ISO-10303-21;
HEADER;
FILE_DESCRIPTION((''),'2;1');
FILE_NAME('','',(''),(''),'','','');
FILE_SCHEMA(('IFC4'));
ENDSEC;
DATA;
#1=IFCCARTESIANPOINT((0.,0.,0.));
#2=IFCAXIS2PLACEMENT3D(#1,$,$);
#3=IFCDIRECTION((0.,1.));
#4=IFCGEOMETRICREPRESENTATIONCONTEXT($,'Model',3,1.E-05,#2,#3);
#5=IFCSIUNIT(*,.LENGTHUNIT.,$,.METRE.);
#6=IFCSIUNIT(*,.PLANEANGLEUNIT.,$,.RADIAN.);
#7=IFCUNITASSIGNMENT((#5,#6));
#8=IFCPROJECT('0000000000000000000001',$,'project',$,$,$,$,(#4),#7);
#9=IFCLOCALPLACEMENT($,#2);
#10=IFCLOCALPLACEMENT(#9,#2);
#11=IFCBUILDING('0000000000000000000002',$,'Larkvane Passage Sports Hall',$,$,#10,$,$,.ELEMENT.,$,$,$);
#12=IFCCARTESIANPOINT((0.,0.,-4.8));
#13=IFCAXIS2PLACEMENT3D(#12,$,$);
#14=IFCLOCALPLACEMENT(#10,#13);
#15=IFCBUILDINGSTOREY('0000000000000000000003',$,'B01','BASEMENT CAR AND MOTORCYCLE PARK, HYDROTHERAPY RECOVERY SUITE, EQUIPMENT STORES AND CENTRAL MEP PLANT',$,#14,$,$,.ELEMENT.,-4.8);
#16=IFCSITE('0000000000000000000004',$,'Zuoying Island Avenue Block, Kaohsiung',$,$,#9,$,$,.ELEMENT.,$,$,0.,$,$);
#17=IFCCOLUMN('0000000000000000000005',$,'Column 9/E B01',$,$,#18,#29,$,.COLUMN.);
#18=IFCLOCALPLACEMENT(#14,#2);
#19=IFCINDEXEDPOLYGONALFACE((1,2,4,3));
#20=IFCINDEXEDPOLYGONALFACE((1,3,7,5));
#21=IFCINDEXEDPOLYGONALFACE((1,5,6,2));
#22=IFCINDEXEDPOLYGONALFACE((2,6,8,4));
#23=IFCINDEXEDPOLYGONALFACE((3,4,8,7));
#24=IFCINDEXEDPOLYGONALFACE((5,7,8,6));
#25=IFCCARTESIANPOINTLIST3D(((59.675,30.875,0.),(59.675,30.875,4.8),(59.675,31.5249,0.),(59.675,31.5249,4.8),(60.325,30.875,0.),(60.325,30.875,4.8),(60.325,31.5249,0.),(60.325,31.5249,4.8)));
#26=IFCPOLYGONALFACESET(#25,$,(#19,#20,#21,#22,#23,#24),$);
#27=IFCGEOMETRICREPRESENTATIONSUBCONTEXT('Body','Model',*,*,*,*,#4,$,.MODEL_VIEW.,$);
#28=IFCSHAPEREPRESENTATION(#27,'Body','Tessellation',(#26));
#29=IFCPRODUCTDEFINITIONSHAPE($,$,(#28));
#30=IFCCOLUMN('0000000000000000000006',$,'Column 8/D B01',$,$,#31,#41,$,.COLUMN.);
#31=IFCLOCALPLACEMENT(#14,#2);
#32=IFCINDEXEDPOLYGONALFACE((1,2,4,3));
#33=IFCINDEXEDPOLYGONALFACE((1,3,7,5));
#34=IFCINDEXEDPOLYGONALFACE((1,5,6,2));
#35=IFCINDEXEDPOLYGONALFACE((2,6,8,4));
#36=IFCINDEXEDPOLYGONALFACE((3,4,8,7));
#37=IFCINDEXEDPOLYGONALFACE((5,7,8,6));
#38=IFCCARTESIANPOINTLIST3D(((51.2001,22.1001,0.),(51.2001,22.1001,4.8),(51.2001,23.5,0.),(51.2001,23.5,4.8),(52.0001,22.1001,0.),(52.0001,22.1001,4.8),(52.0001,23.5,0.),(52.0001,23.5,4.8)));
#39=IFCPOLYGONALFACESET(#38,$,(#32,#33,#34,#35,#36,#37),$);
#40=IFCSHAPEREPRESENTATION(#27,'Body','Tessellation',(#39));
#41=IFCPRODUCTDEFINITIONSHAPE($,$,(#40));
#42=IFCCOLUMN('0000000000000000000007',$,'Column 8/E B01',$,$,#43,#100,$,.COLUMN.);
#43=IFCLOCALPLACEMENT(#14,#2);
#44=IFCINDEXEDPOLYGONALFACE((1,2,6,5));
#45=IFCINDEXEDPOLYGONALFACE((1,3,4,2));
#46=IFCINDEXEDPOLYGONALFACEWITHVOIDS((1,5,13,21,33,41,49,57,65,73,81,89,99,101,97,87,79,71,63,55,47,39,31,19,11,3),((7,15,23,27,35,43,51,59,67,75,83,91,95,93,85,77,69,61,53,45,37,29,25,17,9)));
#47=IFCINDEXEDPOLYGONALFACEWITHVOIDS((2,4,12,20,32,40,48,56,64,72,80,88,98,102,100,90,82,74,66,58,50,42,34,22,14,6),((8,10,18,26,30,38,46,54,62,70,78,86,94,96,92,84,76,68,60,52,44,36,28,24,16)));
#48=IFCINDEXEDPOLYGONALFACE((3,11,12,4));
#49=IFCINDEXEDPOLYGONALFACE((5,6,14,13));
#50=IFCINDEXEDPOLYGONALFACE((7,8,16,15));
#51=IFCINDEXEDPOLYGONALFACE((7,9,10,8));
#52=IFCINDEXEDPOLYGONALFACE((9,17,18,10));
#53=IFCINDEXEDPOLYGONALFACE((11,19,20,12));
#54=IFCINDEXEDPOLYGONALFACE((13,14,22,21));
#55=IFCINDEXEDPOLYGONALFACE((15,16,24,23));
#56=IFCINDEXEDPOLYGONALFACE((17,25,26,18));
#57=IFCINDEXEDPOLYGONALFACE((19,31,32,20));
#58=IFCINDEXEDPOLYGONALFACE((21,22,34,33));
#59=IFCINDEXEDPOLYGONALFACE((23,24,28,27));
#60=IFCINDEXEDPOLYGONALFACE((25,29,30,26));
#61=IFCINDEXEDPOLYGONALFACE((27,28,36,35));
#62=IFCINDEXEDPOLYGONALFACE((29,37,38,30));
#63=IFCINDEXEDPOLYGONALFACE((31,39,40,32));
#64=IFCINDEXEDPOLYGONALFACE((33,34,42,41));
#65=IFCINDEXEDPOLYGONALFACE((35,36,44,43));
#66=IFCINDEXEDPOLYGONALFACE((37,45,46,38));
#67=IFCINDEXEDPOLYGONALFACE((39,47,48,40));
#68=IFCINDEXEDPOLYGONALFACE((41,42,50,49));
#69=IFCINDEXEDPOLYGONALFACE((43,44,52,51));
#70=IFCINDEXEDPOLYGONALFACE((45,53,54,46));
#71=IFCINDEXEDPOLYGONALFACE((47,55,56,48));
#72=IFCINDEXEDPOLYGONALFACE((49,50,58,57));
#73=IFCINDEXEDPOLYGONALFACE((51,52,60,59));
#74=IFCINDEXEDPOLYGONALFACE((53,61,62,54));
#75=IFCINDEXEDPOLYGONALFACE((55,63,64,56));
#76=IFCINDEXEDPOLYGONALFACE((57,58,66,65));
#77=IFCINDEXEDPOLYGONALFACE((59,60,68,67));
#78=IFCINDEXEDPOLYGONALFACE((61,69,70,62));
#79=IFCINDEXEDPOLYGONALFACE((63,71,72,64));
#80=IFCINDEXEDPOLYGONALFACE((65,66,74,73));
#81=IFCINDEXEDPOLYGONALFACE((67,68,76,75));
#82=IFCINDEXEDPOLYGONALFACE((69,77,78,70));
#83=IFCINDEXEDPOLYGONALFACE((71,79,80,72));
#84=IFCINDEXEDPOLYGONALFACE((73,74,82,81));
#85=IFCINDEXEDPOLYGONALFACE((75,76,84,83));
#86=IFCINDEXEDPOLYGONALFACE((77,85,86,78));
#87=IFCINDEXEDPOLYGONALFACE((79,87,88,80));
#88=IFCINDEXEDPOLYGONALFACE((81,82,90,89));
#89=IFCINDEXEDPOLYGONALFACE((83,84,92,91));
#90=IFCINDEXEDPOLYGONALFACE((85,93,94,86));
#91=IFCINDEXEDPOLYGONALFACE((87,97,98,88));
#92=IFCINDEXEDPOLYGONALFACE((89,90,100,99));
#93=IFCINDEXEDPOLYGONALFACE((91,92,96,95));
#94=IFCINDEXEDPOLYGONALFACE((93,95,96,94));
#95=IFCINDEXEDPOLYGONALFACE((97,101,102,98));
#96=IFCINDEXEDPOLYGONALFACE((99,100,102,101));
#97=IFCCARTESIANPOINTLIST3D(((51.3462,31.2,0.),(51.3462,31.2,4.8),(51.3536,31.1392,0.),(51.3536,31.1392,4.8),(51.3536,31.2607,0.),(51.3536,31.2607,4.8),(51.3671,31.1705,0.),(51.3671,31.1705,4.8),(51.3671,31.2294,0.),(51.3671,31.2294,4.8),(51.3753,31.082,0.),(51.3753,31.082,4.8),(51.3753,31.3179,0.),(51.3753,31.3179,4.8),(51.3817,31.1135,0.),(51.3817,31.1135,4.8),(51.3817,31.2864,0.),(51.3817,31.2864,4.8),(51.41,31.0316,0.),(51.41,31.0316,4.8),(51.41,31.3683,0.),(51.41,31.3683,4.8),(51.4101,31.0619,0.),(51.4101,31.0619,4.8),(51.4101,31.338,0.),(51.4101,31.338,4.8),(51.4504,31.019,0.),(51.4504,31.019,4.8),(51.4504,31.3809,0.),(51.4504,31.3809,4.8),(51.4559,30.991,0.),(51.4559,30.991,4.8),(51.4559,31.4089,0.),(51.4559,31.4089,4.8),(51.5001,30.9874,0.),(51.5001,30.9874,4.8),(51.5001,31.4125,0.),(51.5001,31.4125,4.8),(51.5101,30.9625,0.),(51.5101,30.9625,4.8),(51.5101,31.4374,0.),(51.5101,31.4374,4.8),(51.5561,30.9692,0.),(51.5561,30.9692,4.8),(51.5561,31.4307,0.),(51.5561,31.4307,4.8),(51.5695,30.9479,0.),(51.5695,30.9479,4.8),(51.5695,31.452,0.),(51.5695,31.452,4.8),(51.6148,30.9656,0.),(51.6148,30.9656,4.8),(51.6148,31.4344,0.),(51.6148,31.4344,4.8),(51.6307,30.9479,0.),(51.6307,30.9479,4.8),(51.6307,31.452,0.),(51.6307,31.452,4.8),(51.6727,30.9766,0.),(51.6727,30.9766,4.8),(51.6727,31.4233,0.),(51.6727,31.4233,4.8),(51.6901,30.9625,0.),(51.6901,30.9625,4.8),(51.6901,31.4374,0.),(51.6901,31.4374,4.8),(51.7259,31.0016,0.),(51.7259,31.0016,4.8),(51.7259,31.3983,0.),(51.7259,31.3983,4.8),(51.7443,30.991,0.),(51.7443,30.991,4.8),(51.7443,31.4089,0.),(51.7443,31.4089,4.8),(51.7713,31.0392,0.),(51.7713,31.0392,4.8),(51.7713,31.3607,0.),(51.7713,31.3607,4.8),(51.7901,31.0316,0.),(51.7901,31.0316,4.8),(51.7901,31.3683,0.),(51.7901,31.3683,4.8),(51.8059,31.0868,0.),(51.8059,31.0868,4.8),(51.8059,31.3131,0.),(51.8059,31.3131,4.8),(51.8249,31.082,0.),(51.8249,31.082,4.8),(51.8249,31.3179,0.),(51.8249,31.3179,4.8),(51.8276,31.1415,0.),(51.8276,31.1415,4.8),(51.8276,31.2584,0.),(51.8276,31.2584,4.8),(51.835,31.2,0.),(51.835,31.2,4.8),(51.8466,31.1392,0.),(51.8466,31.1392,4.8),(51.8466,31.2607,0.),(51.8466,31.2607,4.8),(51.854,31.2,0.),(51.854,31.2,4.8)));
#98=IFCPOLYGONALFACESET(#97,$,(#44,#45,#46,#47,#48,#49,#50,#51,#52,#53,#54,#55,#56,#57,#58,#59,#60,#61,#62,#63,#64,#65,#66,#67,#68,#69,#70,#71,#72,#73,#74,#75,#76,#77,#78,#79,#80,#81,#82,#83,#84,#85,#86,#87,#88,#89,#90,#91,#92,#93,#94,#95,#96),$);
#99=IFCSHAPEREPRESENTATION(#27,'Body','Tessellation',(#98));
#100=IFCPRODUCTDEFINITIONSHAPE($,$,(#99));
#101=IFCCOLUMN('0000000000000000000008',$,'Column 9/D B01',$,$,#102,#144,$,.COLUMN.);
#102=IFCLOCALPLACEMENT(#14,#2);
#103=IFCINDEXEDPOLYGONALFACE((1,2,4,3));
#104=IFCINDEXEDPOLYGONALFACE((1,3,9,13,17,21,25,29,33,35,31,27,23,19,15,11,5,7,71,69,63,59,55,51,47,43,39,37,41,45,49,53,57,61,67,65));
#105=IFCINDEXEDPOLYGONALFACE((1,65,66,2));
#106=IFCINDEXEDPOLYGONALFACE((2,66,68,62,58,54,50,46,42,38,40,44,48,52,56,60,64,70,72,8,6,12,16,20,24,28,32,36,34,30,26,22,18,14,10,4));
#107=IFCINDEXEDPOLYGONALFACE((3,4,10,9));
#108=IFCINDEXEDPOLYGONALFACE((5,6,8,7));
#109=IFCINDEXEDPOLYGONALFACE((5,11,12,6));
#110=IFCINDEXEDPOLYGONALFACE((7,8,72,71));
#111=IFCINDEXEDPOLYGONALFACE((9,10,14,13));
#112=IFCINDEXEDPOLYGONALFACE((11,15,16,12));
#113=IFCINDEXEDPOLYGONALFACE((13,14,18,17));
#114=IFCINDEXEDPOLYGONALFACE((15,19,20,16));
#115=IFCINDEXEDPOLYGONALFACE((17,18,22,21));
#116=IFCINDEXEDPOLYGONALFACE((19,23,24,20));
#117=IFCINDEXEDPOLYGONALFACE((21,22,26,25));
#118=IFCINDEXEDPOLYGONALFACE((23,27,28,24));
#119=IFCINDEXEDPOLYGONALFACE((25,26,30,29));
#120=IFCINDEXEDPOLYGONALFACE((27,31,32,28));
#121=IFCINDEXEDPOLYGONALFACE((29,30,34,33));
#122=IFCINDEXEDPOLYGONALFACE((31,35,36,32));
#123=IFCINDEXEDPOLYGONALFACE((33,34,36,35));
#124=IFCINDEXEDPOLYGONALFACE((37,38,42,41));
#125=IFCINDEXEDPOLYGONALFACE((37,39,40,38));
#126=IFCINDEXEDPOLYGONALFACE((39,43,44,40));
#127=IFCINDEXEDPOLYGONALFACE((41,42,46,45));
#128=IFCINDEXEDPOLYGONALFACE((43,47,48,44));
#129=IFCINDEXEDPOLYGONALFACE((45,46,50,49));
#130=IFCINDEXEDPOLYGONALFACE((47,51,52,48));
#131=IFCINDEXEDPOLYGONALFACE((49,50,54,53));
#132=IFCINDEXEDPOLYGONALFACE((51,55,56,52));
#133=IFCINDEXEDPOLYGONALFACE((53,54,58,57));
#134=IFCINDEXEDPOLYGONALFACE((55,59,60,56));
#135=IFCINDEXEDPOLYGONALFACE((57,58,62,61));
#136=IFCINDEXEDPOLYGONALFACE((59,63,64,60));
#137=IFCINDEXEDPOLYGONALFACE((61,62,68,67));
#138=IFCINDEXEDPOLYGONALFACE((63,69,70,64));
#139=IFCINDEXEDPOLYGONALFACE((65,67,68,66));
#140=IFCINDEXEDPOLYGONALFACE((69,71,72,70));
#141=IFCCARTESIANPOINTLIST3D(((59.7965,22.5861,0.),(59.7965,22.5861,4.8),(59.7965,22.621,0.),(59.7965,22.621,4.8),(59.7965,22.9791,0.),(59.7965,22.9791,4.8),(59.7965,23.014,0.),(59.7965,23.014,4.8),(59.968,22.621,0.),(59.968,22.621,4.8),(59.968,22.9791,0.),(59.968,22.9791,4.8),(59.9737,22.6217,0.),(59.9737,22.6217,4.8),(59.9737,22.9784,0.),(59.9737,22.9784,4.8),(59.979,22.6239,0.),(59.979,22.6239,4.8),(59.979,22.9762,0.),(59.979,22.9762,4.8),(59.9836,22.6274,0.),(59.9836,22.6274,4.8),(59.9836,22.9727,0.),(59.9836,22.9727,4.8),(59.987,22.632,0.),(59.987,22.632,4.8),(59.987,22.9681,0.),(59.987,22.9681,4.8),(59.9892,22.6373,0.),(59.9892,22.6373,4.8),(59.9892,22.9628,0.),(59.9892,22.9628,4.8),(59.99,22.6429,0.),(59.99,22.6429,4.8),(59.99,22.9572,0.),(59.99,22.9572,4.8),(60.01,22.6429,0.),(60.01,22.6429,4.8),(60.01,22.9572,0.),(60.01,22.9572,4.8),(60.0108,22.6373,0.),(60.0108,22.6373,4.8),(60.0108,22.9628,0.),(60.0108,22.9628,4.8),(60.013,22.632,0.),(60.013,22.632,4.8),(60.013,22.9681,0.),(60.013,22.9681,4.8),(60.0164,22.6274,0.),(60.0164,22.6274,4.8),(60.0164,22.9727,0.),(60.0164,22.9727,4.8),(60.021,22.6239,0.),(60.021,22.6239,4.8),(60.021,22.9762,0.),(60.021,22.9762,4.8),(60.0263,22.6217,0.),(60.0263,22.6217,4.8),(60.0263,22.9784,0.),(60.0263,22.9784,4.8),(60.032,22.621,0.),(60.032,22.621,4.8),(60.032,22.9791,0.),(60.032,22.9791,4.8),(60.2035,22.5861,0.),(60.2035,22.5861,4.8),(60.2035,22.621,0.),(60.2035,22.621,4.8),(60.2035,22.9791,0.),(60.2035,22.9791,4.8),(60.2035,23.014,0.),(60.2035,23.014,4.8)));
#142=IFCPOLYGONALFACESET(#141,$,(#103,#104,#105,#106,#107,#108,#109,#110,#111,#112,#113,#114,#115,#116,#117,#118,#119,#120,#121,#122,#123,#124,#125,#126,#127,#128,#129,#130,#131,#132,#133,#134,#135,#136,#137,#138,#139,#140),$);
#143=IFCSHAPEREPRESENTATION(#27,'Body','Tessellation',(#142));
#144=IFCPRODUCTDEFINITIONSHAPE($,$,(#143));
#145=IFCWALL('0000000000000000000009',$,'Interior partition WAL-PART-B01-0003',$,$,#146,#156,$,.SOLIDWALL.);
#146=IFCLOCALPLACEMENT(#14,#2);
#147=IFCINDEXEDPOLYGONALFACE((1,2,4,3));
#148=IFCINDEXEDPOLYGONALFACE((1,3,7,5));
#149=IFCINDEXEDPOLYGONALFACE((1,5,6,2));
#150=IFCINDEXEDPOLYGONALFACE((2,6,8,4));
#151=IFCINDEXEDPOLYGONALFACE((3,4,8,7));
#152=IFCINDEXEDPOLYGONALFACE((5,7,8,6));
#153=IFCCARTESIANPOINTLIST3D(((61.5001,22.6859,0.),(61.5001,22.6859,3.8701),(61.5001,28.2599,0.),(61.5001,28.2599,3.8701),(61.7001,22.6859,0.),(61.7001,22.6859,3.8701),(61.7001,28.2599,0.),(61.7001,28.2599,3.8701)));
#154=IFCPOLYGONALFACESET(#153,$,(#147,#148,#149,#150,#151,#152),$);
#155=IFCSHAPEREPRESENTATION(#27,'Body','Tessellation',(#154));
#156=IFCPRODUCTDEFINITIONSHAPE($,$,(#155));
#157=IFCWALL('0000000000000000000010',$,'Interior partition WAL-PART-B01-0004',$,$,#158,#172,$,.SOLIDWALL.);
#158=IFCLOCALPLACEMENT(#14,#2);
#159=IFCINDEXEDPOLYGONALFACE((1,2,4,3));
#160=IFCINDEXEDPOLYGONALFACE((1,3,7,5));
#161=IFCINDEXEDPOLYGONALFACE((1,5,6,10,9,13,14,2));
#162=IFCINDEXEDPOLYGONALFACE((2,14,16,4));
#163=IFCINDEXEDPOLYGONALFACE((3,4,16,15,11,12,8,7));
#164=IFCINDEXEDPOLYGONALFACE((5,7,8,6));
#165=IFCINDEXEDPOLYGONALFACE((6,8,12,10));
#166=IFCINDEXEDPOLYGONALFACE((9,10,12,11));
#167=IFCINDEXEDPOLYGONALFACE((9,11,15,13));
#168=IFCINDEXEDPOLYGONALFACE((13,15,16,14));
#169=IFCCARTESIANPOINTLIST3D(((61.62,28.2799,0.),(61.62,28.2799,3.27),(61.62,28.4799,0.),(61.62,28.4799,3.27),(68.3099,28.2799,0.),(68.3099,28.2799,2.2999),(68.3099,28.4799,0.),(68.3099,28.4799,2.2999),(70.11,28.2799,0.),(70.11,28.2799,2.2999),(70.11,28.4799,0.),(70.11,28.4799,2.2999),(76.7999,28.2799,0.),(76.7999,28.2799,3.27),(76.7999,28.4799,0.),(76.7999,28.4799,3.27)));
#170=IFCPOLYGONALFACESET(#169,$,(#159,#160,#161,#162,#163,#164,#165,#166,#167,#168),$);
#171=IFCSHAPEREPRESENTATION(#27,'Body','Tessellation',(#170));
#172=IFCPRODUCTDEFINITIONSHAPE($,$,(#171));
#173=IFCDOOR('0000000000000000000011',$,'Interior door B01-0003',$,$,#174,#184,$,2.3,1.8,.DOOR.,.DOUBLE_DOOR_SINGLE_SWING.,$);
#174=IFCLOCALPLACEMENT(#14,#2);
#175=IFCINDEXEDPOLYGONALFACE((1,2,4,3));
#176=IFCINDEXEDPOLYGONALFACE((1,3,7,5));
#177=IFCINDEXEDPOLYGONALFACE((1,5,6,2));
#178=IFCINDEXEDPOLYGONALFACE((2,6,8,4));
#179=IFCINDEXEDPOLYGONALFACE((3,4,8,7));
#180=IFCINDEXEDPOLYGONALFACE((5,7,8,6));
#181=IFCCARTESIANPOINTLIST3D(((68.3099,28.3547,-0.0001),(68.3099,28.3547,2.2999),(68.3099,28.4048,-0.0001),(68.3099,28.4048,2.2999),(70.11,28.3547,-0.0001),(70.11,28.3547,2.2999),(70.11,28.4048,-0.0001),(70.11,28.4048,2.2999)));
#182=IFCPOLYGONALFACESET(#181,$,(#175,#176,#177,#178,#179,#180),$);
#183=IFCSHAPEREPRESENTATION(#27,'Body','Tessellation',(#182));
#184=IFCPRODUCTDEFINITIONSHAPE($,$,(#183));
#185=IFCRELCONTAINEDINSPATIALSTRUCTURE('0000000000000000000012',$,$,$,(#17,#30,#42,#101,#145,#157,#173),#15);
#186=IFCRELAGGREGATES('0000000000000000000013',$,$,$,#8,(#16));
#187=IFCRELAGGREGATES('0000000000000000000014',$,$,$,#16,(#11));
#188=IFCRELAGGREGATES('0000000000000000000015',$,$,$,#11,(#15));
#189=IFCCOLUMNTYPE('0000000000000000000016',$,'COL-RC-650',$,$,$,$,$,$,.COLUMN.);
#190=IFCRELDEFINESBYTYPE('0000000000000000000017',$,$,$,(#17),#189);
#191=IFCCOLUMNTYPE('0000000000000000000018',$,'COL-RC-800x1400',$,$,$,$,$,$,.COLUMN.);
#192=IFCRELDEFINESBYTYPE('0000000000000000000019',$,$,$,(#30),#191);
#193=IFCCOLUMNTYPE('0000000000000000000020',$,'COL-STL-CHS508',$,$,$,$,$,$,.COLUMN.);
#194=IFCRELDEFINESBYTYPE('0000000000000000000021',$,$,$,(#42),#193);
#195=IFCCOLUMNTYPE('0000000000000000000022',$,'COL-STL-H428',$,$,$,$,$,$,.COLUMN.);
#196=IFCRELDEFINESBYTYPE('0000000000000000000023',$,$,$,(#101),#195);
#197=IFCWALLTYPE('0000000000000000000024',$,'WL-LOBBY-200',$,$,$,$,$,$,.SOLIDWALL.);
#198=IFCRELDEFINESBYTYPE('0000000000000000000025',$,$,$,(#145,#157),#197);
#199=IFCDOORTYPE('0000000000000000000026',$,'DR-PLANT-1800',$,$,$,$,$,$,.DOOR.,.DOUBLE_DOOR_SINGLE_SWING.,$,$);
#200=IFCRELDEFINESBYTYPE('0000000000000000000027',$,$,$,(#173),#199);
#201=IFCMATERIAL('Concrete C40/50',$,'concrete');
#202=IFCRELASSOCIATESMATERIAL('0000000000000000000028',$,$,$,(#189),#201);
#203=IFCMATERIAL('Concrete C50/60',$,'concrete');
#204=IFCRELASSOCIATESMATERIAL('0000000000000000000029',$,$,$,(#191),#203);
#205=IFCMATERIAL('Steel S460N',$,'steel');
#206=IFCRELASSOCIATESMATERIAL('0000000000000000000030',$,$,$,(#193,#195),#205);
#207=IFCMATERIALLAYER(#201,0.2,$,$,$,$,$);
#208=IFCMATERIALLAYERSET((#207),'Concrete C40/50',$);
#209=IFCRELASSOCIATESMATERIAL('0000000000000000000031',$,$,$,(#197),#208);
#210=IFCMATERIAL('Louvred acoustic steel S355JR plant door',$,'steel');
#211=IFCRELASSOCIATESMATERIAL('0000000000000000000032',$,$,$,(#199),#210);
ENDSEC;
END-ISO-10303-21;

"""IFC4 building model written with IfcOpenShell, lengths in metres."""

from ifc_helpers import new_model, si_unit, direction, frame, frame_2d, origin, origin_2d, place, context, subcontext, project, spatial, rectangle, hollow_circle, i_section, extrude, material, layer, layer_set, material_profile, profile_set, type_object, element, fill, save


model = new_model("IFC4")

# Units and contexts
model_context = context("Model", 3, precision=1e-05, world=origin(), true_north=direction((0.0, 1.0)))
body_context = subcontext(model_context, "Body", "Model", "MODEL_VIEW")
ifc_project = project(units=[si_unit("LENGTHUNIT", "METRE"), si_unit("PLANEANGLEUNIT", "RADIAN")], contexts=[model_context])

# Site, building, storey
site_placement = place(None, origin())
site = spatial("IfcSite", under=ifc_project, at=site_placement, Name="Zuoying Island Avenue Block, Kaohsiung", CompositionType="ELEMENT", RefElevation=0.0)
building_placement = place(site_placement, origin())
building = spatial("IfcBuilding", under=site, at=building_placement, Name="Larkvane Passage Sports Hall", CompositionType="ELEMENT")
storey_placement = place(building_placement, frame((0.0, 0.0, -4.8)))
storey = spatial("IfcBuildingStorey", under=building, at=storey_placement, Name="B01", Description="BASEMENT CAR AND MOTORCYCLE PARK, HYDROTHERAPY RECOVERY SUITE, EQUIPMENT STORES AND CENTRAL MEP PLANT", CompositionType="ELEMENT", Elevation=-4.8)

# Shared definitions
ifc_material_1 = material(Name="Concrete C40/50", Category="concrete")

# Columns
ifc_material_profile_1 = material_profile(ifc_material_1, rectangle(XDim=0.6499, YDim=0.6499, at=origin_2d()), Name="RC-COL-650x650")
ifc_profile_set_1 = profile_set([ifc_material_profile_1], Name="Concrete C40/50")
column_type_1 = type_object("IfcColumnType", Name="COL-RC-650", PredefinedType="COLUMN", material=ifc_profile_set_1)
column_1_placement = place(storey_placement, frame((60.0, 31.2, 0.0), z_axis=(0.0, 0.0, 1.0), x_axis=(1.0, 0.0, 0.0)))
element("IfcColumn", 1, at=column_1_placement, inside=storey, type_object=column_type_1, Name="Column 9/E B01", PredefinedType="COLUMN", context=body_context, shape_type="SweptSolid", body=[
    extrude(rectangle(XDim=0.6499, YDim=0.6499, at=origin_2d()), origin(), (0.0, 0.0, 1.0), 4.8),
])
ifc_material_2 = material(Name="Concrete C50/60", Category="concrete")
ifc_material_profile_2 = material_profile(ifc_material_2, rectangle(XDim=0.8, YDim=1.3999, at=origin_2d()), Name="RC-COL-800x1400")
ifc_profile_set_2 = profile_set([ifc_material_profile_2], Name="Concrete C50/60")
column_type_2 = type_object("IfcColumnType", Name="COL-RC-800x1400", PredefinedType="COLUMN", material=ifc_profile_set_2)
column_2_placement = place(storey_placement, frame((51.6001, 22.8, 0.0), z_axis=(0.0, 0.0, 1.0), x_axis=(1.0, 0.0, 0.0)))
element("IfcColumn", 2, at=column_2_placement, inside=storey, type_object=column_type_2, Name="Column 8/D B01", PredefinedType="COLUMN", context=body_context, shape_type="SweptSolid", body=[
    extrude(rectangle(XDim=0.8, YDim=1.3999, at=origin_2d()), origin(), (0.0, 0.0, 1.0), 4.8),
])
ifc_material_3 = material(Name="Steel S460N", Category="steel")
ifc_material_profile_3 = material_profile(ifc_material_3, hollow_circle(Radius=0.2539, WallThickness=0.019, at=origin_2d()), Name="CHS-508.0x19.0")
ifc_profile_set_3 = profile_set([ifc_material_profile_3], Name="Steel S460N")
column_type_3 = type_object("IfcColumnType", Name="COL-STL-CHS508", PredefinedType="COLUMN", material=ifc_profile_set_3)
column_3_placement = place(storey_placement, frame((51.6001, 31.2, 0.0), z_axis=(0.0, 0.0, 1.0), x_axis=(1.0, 0.0, 0.0)))
element("IfcColumn", 3, at=column_3_placement, inside=storey, type_object=column_type_3, Name="Column 8/E B01", PredefinedType="COLUMN", context=body_context, shape_type="SweptSolid", body=[
    extrude(hollow_circle(Radius=0.2539, WallThickness=0.019, at=origin_2d()), origin(), (0.0, 0.0, 1.0), 4.8),
])
ifc_material_profile_4 = material_profile(ifc_material_3, i_section(OverallWidth=0.407, OverallDepth=0.428, WebThickness=0.02, FlangeThickness=0.0349, FilletRadius=0.022, at=origin_2d()), Name="H-428x407x20x35")
ifc_profile_set_4 = profile_set([ifc_material_profile_4], Name="Steel S460N")
column_type_4 = type_object("IfcColumnType", Name="COL-STL-H428", PredefinedType="COLUMN", material=ifc_profile_set_4)
column_4_placement = place(storey_placement, frame((60.0, 22.8, 0.0), z_axis=(0.0, 0.0, 1.0), x_axis=(1.0, 0.0, 0.0)))
element("IfcColumn", 4, at=column_4_placement, inside=storey, type_object=column_type_4, Name="Column 9/D B01", PredefinedType="COLUMN", context=body_context, shape_type="SweptSolid", body=[
    extrude(i_section(OverallWidth=0.407, OverallDepth=0.428, WebThickness=0.02, FlangeThickness=0.0349, FilletRadius=0.022, at=origin_2d()), origin(), (0.0, 0.0, 1.0), 4.8),
])

# Wall
ifc_layer_1 = layer(ifc_material_1, 0.2)
ifc_layer_set_1 = layer_set([ifc_layer_1], Name="Concrete C40/50")
wall_type_1 = type_object("IfcWallType", Name="WL-LOBBY-200", PredefinedType="SOLIDWALL", material=ifc_layer_set_1)
wall_1_placement = place(storey_placement, frame((61.6001, 28.26, 0.0), z_axis=(0.0, 0.0, 1.0), x_axis=(0.0, -1.0, 0.0)))
element("IfcWall", 5, at=wall_1_placement, inside=storey, type_object=wall_type_1, Name="Interior partition WAL-PART-B01-0003", PredefinedType="SOLIDWALL", context=body_context, shape_type="SweptSolid", body=[
    extrude(rectangle(XDim=5.574, YDim=0.2, at=frame_2d((2.7871, 0.0))), origin(), (0.0, 0.0, 1.0), 3.8701),
])

# Wall, opening, door
wall_2_placement = place(storey_placement, frame((61.6201, 28.3799, 0.0), z_axis=(0.0, 0.0, 1.0), x_axis=(1.0, 0.0, 0.0)))
wall_2 = element("IfcWall", 6, at=wall_2_placement, inside=storey, type_object=wall_type_1, Name="Interior partition WAL-PART-B01-0004", PredefinedType="SOLIDWALL", context=body_context, shape_type="SweptSolid", body=[
    extrude(rectangle(XDim=15.1799, YDim=0.2, at=frame_2d((7.5898, 0.0))), origin(), (0.0, 0.0, 1.0), 3.27),
])
opening_placement = place(wall_2_placement, frame((6.6899, 0.0, 0.0)))
opening = element("IfcOpeningElement", 7, at=opening_placement, cuts=wall_2, PredefinedType="OPENING", context=body_context, shape_type="SweptSolid", body=[
    extrude(rectangle(XDim=1.8, YDim=2.3, at=frame_2d((0.8999, 1.1499))), frame((0.0, 0.1099, 0.0), z_axis=(0.0, -1.0, 0.0), x_axis=(1.0, 0.0, 0.0)), (0.0, 0.0, 1.0), 0.22),
])
ifc_material_4 = material(Name="Louvred acoustic steel S355JR plant door", Category="steel")
door_type = type_object("IfcDoorType", Name="DR-PLANT-1800", OperationType="DOUBLE_DOOR_SINGLE_SWING", PredefinedType="DOOR", material=ifc_material_4)
door_placement = place(opening_placement, origin())
door = element("IfcDoor", 8, at=door_placement, inside=storey, type_object=door_type, Name="Interior door B01-0003", OperationType="DOUBLE_DOOR_SINGLE_SWING", OverallHeight=2.3, OverallWidth=1.8, PredefinedType="DOOR", context=body_context, shape_type="SweptSolid", body=[
    extrude(rectangle(XDim=1.8, YDim=2.3, at=frame_2d((0.8999, 1.1499))), frame((0.0, 0.0249, 0.0), z_axis=(0.0, -1.0, 0.0), x_axis=(1.0, 0.0, 0.0)), (0.0, 0.0, 1.0), 0.05),
])
fill(opening, door)

save(model, "model.ifc")
